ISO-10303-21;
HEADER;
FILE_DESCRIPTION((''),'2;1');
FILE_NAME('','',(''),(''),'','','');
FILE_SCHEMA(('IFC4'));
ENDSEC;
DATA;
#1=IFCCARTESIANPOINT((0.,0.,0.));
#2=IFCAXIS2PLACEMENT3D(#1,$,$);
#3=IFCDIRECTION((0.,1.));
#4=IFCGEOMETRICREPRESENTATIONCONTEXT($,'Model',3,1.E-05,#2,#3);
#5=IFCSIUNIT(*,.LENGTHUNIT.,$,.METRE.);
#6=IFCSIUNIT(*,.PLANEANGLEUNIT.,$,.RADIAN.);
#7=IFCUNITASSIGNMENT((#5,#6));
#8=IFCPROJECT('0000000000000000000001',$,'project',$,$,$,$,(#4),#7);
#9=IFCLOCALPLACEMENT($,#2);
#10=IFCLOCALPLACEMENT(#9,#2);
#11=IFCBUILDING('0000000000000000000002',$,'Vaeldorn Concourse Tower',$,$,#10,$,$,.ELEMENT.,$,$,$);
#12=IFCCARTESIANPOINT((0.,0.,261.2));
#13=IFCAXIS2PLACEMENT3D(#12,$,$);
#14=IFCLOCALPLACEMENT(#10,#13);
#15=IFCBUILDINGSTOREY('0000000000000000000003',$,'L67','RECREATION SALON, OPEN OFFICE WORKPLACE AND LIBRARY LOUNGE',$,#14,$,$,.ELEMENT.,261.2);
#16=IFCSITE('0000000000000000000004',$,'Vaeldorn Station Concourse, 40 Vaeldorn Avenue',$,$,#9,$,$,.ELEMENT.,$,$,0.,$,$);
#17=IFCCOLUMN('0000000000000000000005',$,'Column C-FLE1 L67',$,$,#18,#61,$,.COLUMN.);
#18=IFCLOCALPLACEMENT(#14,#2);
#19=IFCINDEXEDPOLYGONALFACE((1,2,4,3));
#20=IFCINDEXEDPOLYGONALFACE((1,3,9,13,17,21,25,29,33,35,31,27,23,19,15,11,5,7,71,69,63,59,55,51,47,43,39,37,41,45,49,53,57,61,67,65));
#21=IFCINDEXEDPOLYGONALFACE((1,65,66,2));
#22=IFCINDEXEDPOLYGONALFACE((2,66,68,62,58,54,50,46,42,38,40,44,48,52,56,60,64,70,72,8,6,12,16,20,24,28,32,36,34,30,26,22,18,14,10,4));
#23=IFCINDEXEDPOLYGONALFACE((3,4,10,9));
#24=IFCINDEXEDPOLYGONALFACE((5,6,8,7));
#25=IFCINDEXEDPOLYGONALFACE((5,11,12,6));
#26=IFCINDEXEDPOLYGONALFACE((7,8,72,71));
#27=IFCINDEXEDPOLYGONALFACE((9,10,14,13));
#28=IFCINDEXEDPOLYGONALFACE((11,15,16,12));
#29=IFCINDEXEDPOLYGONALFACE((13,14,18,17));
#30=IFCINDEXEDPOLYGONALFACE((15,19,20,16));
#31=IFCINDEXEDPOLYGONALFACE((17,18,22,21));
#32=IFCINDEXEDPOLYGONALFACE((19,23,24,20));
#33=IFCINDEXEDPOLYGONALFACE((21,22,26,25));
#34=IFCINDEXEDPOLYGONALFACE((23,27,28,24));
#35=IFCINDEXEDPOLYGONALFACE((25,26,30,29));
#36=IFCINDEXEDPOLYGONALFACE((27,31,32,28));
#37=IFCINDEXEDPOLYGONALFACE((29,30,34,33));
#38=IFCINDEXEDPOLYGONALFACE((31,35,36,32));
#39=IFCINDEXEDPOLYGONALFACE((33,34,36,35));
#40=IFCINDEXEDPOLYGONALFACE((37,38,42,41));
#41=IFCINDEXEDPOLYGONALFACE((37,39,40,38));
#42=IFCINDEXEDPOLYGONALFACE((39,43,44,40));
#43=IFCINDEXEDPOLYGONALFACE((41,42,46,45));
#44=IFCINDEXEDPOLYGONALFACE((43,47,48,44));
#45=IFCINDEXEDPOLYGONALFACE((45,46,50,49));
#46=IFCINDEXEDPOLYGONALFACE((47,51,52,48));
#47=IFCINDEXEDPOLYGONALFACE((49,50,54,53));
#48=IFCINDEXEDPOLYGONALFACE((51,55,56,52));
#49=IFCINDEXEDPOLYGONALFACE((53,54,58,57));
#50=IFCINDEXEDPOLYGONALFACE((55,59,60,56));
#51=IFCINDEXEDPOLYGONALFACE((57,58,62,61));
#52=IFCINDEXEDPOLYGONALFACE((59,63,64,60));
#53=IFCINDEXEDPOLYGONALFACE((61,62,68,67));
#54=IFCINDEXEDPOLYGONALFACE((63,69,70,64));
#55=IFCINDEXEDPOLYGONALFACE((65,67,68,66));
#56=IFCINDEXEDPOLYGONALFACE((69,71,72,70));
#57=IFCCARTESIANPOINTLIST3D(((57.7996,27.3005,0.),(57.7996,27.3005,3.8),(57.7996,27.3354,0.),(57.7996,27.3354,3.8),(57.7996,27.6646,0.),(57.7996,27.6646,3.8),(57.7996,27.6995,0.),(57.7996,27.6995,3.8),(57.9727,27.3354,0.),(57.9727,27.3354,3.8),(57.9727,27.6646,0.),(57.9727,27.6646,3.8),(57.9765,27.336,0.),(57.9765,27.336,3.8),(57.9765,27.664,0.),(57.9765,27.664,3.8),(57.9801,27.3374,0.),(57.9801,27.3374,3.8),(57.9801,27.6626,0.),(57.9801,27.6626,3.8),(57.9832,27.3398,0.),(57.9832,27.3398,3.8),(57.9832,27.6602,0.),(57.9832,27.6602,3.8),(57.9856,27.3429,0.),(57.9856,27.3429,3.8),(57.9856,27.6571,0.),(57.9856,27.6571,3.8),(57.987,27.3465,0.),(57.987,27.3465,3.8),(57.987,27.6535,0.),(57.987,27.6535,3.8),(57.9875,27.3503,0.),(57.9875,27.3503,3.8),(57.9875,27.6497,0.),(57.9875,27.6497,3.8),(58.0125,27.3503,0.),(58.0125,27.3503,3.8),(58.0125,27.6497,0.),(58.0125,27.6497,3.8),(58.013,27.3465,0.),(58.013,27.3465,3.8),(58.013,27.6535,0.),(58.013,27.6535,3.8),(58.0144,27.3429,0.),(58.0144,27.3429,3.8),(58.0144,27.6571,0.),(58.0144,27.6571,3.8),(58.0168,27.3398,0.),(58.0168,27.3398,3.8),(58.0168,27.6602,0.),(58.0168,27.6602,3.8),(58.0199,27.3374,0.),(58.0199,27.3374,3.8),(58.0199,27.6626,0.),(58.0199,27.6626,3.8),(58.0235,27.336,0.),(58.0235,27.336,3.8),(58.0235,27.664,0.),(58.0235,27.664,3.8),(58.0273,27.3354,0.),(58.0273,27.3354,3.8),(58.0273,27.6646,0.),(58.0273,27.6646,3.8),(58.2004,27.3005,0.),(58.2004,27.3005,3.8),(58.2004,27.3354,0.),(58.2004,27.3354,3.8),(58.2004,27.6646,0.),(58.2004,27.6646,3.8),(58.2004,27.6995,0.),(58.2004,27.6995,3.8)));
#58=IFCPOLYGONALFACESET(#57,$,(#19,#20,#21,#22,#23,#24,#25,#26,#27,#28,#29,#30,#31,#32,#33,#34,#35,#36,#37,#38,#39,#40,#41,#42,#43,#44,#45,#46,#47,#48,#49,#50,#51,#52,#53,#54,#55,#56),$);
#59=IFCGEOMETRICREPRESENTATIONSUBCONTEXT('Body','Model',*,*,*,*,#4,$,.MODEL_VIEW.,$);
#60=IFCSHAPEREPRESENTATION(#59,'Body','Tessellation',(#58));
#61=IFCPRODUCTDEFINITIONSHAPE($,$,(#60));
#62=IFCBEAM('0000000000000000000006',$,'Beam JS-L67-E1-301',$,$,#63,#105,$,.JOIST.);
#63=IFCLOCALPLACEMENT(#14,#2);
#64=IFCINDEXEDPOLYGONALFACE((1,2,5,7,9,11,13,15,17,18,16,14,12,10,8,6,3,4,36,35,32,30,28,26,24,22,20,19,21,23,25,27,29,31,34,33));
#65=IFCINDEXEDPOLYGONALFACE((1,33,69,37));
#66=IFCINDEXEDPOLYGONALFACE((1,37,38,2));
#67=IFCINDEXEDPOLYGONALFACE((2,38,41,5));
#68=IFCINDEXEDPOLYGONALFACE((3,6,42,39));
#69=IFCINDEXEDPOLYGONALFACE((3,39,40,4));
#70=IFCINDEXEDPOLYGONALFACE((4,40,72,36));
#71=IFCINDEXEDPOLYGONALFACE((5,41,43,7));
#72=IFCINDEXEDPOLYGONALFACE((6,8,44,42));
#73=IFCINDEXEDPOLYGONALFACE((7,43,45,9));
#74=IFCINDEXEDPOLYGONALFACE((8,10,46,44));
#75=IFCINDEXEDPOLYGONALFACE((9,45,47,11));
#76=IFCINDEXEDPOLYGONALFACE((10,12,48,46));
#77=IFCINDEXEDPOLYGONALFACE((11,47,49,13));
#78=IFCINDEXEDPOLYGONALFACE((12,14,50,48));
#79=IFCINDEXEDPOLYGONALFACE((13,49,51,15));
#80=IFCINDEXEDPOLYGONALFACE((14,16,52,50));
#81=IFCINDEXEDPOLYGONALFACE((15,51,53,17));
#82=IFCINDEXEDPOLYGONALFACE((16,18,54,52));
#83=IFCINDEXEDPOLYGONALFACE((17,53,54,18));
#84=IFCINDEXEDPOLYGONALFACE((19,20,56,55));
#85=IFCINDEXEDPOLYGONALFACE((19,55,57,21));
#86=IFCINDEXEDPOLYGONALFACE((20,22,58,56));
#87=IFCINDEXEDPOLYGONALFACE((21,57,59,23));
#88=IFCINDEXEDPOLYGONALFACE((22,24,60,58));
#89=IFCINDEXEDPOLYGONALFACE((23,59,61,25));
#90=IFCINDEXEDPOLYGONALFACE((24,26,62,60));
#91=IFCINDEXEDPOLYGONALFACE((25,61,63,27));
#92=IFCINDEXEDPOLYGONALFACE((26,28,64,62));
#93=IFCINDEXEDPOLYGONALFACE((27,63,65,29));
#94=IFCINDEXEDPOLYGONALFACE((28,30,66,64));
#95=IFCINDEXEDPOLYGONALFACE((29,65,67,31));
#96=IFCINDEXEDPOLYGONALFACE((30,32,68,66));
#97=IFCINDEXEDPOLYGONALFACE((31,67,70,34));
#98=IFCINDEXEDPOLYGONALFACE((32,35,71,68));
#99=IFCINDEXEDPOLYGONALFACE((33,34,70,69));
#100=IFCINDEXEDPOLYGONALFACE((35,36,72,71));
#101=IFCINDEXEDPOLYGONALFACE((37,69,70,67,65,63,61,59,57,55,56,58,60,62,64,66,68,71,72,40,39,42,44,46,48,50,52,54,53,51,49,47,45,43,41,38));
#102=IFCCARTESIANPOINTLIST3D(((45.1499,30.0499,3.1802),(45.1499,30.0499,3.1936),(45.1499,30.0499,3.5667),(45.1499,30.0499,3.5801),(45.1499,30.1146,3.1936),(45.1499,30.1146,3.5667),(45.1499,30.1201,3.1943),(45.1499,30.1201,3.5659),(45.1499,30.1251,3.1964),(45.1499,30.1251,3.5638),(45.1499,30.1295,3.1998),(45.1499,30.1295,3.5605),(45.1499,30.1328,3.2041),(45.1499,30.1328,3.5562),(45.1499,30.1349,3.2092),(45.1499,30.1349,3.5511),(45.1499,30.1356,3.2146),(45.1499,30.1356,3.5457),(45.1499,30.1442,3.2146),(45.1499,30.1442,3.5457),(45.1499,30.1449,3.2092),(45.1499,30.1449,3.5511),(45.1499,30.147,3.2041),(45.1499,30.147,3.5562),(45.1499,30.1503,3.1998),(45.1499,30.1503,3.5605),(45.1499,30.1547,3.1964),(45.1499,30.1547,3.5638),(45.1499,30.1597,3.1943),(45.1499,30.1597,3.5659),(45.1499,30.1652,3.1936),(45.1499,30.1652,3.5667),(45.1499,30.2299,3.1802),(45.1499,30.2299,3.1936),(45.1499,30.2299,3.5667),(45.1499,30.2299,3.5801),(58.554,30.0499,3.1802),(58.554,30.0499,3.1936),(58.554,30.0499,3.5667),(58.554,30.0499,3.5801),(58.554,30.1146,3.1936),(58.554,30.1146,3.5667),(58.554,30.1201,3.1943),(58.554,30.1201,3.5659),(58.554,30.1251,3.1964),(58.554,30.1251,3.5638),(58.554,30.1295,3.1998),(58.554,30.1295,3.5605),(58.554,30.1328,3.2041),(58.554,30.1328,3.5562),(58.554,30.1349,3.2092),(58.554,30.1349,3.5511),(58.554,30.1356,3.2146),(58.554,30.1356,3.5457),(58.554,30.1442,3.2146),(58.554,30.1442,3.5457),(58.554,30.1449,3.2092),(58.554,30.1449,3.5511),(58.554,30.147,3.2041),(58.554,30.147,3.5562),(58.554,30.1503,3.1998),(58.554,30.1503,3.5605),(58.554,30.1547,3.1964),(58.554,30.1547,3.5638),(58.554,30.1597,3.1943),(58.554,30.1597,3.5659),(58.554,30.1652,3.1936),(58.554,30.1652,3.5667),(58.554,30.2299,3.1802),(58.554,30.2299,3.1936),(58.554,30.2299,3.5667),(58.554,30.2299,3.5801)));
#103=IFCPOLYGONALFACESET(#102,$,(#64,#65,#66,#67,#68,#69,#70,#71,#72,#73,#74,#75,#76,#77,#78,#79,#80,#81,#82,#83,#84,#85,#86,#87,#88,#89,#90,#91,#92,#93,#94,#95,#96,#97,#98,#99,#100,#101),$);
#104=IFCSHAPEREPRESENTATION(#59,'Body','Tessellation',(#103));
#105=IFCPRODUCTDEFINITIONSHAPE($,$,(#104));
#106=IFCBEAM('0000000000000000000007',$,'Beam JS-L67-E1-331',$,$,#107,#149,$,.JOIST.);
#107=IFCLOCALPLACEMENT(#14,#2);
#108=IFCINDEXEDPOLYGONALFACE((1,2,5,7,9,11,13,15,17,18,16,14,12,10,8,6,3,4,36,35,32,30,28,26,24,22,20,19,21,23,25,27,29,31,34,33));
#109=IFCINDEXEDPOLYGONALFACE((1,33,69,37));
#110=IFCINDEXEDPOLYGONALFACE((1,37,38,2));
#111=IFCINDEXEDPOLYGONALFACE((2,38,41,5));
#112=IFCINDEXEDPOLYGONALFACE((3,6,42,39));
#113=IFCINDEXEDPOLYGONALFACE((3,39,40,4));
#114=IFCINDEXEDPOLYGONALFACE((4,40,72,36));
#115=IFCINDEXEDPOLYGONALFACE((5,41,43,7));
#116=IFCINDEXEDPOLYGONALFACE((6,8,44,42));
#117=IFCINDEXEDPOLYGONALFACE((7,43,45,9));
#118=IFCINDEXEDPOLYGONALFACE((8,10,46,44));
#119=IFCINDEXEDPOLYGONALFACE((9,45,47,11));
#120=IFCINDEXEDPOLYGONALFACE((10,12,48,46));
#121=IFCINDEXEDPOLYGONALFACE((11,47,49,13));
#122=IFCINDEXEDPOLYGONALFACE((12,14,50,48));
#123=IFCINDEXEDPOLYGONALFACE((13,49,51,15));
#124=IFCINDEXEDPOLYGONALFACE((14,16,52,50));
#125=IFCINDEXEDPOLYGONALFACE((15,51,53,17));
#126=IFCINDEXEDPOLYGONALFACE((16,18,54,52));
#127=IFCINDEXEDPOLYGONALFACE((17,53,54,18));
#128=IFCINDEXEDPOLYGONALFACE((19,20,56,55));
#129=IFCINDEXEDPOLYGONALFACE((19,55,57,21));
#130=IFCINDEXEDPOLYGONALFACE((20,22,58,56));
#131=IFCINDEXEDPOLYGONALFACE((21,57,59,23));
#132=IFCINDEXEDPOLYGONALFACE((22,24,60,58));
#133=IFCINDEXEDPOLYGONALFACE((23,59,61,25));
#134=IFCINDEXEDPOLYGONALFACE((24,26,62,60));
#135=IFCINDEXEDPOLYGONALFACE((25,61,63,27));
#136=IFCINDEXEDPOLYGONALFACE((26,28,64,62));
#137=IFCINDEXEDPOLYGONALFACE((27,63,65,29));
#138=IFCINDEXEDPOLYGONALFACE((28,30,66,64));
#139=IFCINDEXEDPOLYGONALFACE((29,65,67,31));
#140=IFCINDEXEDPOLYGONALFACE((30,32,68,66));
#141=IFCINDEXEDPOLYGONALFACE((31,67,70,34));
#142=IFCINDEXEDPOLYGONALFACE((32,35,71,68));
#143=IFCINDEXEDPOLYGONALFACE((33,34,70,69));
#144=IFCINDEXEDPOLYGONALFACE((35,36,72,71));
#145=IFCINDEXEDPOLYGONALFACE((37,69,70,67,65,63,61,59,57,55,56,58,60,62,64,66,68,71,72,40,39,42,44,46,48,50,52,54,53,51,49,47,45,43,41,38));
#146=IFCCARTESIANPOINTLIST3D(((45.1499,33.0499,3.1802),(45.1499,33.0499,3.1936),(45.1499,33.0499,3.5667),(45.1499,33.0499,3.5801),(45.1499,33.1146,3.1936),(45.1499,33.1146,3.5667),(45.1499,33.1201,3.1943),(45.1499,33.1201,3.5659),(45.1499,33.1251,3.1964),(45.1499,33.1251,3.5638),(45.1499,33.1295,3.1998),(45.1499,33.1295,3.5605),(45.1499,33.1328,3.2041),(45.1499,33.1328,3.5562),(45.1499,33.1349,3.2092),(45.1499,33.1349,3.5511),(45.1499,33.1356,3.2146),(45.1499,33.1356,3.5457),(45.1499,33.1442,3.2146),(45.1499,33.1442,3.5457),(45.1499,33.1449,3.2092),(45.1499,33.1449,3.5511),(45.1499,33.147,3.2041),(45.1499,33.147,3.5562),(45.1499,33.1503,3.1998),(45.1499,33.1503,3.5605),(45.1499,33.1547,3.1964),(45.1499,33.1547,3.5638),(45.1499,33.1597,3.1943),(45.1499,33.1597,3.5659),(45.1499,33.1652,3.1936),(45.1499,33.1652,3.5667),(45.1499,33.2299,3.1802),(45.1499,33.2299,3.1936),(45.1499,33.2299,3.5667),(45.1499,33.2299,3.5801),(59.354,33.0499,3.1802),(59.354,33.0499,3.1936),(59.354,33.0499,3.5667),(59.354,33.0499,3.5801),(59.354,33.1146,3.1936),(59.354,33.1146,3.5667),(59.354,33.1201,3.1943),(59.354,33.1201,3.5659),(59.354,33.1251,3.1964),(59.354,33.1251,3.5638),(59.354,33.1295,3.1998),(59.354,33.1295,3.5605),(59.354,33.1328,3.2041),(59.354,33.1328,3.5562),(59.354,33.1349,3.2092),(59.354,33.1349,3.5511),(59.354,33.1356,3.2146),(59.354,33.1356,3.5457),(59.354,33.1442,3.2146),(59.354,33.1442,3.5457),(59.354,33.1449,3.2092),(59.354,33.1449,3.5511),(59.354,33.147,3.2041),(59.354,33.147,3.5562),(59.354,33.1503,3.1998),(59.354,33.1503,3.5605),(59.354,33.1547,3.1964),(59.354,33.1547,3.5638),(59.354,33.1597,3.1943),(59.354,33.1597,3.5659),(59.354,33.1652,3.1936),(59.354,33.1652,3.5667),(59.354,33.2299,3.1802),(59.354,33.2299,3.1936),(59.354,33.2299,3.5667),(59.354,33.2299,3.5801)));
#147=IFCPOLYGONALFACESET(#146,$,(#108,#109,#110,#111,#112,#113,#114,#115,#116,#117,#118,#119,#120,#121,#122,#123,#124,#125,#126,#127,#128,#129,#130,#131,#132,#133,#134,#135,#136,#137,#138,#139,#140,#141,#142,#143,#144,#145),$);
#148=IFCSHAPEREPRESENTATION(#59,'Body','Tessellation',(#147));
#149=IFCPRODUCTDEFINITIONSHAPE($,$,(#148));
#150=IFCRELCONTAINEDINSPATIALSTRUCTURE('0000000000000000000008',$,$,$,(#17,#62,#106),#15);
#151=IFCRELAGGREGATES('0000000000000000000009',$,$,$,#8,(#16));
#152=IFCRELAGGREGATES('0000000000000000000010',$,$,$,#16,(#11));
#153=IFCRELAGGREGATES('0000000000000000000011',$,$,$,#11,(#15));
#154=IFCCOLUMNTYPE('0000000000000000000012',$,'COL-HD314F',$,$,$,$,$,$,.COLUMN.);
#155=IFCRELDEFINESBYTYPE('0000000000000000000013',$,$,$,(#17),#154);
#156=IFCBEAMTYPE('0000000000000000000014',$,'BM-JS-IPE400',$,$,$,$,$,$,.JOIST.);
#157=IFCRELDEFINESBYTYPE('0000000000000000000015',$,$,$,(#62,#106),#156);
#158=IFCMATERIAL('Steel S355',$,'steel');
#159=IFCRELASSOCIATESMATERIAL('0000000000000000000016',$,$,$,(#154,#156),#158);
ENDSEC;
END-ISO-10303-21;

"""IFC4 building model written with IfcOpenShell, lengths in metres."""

from ifc_helpers import new_model, si_unit, direction, frame, origin, origin_2d, place, context, subcontext, project, spatial, i_section, extrude, source, transform, mapped, material, material_profile, profile_set, type_object, element, save


model = new_model("IFC4")

# Units and contexts
model_context = context("Model", 3, precision=1e-05, world=origin(), true_north=direction((0.0, 1.0)))
body_context = subcontext(model_context, "Body", "Model", "MODEL_VIEW")
ifc_project = project(units=[si_unit("LENGTHUNIT", "METRE"), si_unit("PLANEANGLEUNIT", "RADIAN")], contexts=[model_context])

# Site, building, storey
site_placement = place(None, origin())
site = spatial("IfcSite", under=ifc_project, at=site_placement, Name="Vaeldorn Station Concourse, 40 Vaeldorn Avenue", CompositionType="ELEMENT", RefElevation=0.0)
building_placement = place(site_placement, origin())
building = spatial("IfcBuilding", under=site, at=building_placement, Name="Vaeldorn Concourse Tower", CompositionType="ELEMENT")
storey_placement = place(building_placement, frame((0.0, 0.0, 261.2)))
storey = spatial("IfcBuildingStorey", under=building, at=storey_placement, Name="L67", Description="RECREATION SALON, OPEN OFFICE WORKPLACE AND LIBRARY LOUNGE", CompositionType="ELEMENT", Elevation=261.2)

# Column
ifc_material_1 = material(Name="Steel S355", Category="steel")
ifc_material_profile_1 = material_profile(ifc_material_1, i_section(OverallWidth=0.4009, OverallDepth=0.3989, WebThickness=0.0249, FlangeThickness=0.0349, FilletRadius=0.0149, at=origin_2d()), Name="HD 400x314")
ifc_profile_set_1 = profile_set([ifc_material_profile_1], Name="Steel S355")
column_type = type_object("IfcColumnType", Name="COL-HD314F", PredefinedType="COLUMN", material=ifc_profile_set_1)
shared_shape_1 = source(origin(), body_context, "Body", "SweptSolid", [
    extrude(i_section(OverallWidth=0.4009, OverallDepth=0.3989, WebThickness=0.0249, FlangeThickness=0.0349, FilletRadius=0.0149, at=origin_2d()), origin(), (0.0, 0.0, 1.0), 3.8),
])
column_placement = place(storey_placement, frame((58.0, 27.5, 0.0), z_axis=(0.0, 0.0, 1.0), x_axis=(1.0, 0.0, 0.0)))
element("IfcColumn", 1, at=column_placement, inside=storey, type_object=column_type, Name="Column C-FLE1 L67", PredefinedType="COLUMN", context=body_context, shape_type="MappedRepresentation", body=[
    mapped(shared_shape_1, transform((0.0, 0.0, 0.0), scale=1.0)),
])

# Beams
ifc_material_profile_2 = material_profile(ifc_material_1, i_section(OverallWidth=0.1799, OverallDepth=0.3999, WebThickness=0.0085, FlangeThickness=0.0134, FilletRadius=0.021, at=origin_2d()), Name="IPE 400")
ifc_profile_set_2 = profile_set([ifc_material_profile_2], Name="Steel S355")
beam_type_1 = type_object("IfcBeamType", Name="BM-JS-IPE400", PredefinedType="JOIST", material=ifc_profile_set_2)
shared_shape_2 = source(origin(), body_context, "Body", "SweptSolid", [
    extrude(i_section(OverallWidth=0.1799, OverallDepth=0.3999, WebThickness=0.0085, FlangeThickness=0.0134, FilletRadius=0.021, at=origin_2d()), origin(), (0.0, 0.0, 1.0), 13.4041),
])
beam_1_placement = place(storey_placement, frame((45.1499, 30.1399, 3.3801), z_axis=(1.0, 0.0, 0.0), x_axis=(0.0, 1.0, 0.0)))
element("IfcBeam", 2, at=beam_1_placement, inside=storey, type_object=beam_type_1, Name="Beam JS-L67-E1-301", PredefinedType="JOIST", context=body_context, shape_type="MappedRepresentation", body=[
    mapped(shared_shape_2, transform((0.0, 0.0, 0.0), scale=1.0)),
])
shared_shape_3 = source(origin(), body_context, "Body", "SweptSolid", [
    extrude(i_section(OverallWidth=0.1799, OverallDepth=0.3999, WebThickness=0.0085, FlangeThickness=0.0134, FilletRadius=0.021, at=origin_2d()), origin(), (0.0, 0.0, 1.0), 14.2041),
])
beam_2_placement = place(storey_placement, frame((45.1499, 33.1399, 3.3801), z_axis=(1.0, 0.0, 0.0), x_axis=(0.0, 1.0, 0.0)))
element("IfcBeam", 3, at=beam_2_placement, inside=storey, type_object=beam_type_1, Name="Beam JS-L67-E1-331", PredefinedType="JOIST", context=body_context, shape_type="MappedRepresentation", body=[
    mapped(shared_shape_3, transform((0.0, 0.0, 0.0), scale=1.0)),
])

save(model, "model.ifc")
